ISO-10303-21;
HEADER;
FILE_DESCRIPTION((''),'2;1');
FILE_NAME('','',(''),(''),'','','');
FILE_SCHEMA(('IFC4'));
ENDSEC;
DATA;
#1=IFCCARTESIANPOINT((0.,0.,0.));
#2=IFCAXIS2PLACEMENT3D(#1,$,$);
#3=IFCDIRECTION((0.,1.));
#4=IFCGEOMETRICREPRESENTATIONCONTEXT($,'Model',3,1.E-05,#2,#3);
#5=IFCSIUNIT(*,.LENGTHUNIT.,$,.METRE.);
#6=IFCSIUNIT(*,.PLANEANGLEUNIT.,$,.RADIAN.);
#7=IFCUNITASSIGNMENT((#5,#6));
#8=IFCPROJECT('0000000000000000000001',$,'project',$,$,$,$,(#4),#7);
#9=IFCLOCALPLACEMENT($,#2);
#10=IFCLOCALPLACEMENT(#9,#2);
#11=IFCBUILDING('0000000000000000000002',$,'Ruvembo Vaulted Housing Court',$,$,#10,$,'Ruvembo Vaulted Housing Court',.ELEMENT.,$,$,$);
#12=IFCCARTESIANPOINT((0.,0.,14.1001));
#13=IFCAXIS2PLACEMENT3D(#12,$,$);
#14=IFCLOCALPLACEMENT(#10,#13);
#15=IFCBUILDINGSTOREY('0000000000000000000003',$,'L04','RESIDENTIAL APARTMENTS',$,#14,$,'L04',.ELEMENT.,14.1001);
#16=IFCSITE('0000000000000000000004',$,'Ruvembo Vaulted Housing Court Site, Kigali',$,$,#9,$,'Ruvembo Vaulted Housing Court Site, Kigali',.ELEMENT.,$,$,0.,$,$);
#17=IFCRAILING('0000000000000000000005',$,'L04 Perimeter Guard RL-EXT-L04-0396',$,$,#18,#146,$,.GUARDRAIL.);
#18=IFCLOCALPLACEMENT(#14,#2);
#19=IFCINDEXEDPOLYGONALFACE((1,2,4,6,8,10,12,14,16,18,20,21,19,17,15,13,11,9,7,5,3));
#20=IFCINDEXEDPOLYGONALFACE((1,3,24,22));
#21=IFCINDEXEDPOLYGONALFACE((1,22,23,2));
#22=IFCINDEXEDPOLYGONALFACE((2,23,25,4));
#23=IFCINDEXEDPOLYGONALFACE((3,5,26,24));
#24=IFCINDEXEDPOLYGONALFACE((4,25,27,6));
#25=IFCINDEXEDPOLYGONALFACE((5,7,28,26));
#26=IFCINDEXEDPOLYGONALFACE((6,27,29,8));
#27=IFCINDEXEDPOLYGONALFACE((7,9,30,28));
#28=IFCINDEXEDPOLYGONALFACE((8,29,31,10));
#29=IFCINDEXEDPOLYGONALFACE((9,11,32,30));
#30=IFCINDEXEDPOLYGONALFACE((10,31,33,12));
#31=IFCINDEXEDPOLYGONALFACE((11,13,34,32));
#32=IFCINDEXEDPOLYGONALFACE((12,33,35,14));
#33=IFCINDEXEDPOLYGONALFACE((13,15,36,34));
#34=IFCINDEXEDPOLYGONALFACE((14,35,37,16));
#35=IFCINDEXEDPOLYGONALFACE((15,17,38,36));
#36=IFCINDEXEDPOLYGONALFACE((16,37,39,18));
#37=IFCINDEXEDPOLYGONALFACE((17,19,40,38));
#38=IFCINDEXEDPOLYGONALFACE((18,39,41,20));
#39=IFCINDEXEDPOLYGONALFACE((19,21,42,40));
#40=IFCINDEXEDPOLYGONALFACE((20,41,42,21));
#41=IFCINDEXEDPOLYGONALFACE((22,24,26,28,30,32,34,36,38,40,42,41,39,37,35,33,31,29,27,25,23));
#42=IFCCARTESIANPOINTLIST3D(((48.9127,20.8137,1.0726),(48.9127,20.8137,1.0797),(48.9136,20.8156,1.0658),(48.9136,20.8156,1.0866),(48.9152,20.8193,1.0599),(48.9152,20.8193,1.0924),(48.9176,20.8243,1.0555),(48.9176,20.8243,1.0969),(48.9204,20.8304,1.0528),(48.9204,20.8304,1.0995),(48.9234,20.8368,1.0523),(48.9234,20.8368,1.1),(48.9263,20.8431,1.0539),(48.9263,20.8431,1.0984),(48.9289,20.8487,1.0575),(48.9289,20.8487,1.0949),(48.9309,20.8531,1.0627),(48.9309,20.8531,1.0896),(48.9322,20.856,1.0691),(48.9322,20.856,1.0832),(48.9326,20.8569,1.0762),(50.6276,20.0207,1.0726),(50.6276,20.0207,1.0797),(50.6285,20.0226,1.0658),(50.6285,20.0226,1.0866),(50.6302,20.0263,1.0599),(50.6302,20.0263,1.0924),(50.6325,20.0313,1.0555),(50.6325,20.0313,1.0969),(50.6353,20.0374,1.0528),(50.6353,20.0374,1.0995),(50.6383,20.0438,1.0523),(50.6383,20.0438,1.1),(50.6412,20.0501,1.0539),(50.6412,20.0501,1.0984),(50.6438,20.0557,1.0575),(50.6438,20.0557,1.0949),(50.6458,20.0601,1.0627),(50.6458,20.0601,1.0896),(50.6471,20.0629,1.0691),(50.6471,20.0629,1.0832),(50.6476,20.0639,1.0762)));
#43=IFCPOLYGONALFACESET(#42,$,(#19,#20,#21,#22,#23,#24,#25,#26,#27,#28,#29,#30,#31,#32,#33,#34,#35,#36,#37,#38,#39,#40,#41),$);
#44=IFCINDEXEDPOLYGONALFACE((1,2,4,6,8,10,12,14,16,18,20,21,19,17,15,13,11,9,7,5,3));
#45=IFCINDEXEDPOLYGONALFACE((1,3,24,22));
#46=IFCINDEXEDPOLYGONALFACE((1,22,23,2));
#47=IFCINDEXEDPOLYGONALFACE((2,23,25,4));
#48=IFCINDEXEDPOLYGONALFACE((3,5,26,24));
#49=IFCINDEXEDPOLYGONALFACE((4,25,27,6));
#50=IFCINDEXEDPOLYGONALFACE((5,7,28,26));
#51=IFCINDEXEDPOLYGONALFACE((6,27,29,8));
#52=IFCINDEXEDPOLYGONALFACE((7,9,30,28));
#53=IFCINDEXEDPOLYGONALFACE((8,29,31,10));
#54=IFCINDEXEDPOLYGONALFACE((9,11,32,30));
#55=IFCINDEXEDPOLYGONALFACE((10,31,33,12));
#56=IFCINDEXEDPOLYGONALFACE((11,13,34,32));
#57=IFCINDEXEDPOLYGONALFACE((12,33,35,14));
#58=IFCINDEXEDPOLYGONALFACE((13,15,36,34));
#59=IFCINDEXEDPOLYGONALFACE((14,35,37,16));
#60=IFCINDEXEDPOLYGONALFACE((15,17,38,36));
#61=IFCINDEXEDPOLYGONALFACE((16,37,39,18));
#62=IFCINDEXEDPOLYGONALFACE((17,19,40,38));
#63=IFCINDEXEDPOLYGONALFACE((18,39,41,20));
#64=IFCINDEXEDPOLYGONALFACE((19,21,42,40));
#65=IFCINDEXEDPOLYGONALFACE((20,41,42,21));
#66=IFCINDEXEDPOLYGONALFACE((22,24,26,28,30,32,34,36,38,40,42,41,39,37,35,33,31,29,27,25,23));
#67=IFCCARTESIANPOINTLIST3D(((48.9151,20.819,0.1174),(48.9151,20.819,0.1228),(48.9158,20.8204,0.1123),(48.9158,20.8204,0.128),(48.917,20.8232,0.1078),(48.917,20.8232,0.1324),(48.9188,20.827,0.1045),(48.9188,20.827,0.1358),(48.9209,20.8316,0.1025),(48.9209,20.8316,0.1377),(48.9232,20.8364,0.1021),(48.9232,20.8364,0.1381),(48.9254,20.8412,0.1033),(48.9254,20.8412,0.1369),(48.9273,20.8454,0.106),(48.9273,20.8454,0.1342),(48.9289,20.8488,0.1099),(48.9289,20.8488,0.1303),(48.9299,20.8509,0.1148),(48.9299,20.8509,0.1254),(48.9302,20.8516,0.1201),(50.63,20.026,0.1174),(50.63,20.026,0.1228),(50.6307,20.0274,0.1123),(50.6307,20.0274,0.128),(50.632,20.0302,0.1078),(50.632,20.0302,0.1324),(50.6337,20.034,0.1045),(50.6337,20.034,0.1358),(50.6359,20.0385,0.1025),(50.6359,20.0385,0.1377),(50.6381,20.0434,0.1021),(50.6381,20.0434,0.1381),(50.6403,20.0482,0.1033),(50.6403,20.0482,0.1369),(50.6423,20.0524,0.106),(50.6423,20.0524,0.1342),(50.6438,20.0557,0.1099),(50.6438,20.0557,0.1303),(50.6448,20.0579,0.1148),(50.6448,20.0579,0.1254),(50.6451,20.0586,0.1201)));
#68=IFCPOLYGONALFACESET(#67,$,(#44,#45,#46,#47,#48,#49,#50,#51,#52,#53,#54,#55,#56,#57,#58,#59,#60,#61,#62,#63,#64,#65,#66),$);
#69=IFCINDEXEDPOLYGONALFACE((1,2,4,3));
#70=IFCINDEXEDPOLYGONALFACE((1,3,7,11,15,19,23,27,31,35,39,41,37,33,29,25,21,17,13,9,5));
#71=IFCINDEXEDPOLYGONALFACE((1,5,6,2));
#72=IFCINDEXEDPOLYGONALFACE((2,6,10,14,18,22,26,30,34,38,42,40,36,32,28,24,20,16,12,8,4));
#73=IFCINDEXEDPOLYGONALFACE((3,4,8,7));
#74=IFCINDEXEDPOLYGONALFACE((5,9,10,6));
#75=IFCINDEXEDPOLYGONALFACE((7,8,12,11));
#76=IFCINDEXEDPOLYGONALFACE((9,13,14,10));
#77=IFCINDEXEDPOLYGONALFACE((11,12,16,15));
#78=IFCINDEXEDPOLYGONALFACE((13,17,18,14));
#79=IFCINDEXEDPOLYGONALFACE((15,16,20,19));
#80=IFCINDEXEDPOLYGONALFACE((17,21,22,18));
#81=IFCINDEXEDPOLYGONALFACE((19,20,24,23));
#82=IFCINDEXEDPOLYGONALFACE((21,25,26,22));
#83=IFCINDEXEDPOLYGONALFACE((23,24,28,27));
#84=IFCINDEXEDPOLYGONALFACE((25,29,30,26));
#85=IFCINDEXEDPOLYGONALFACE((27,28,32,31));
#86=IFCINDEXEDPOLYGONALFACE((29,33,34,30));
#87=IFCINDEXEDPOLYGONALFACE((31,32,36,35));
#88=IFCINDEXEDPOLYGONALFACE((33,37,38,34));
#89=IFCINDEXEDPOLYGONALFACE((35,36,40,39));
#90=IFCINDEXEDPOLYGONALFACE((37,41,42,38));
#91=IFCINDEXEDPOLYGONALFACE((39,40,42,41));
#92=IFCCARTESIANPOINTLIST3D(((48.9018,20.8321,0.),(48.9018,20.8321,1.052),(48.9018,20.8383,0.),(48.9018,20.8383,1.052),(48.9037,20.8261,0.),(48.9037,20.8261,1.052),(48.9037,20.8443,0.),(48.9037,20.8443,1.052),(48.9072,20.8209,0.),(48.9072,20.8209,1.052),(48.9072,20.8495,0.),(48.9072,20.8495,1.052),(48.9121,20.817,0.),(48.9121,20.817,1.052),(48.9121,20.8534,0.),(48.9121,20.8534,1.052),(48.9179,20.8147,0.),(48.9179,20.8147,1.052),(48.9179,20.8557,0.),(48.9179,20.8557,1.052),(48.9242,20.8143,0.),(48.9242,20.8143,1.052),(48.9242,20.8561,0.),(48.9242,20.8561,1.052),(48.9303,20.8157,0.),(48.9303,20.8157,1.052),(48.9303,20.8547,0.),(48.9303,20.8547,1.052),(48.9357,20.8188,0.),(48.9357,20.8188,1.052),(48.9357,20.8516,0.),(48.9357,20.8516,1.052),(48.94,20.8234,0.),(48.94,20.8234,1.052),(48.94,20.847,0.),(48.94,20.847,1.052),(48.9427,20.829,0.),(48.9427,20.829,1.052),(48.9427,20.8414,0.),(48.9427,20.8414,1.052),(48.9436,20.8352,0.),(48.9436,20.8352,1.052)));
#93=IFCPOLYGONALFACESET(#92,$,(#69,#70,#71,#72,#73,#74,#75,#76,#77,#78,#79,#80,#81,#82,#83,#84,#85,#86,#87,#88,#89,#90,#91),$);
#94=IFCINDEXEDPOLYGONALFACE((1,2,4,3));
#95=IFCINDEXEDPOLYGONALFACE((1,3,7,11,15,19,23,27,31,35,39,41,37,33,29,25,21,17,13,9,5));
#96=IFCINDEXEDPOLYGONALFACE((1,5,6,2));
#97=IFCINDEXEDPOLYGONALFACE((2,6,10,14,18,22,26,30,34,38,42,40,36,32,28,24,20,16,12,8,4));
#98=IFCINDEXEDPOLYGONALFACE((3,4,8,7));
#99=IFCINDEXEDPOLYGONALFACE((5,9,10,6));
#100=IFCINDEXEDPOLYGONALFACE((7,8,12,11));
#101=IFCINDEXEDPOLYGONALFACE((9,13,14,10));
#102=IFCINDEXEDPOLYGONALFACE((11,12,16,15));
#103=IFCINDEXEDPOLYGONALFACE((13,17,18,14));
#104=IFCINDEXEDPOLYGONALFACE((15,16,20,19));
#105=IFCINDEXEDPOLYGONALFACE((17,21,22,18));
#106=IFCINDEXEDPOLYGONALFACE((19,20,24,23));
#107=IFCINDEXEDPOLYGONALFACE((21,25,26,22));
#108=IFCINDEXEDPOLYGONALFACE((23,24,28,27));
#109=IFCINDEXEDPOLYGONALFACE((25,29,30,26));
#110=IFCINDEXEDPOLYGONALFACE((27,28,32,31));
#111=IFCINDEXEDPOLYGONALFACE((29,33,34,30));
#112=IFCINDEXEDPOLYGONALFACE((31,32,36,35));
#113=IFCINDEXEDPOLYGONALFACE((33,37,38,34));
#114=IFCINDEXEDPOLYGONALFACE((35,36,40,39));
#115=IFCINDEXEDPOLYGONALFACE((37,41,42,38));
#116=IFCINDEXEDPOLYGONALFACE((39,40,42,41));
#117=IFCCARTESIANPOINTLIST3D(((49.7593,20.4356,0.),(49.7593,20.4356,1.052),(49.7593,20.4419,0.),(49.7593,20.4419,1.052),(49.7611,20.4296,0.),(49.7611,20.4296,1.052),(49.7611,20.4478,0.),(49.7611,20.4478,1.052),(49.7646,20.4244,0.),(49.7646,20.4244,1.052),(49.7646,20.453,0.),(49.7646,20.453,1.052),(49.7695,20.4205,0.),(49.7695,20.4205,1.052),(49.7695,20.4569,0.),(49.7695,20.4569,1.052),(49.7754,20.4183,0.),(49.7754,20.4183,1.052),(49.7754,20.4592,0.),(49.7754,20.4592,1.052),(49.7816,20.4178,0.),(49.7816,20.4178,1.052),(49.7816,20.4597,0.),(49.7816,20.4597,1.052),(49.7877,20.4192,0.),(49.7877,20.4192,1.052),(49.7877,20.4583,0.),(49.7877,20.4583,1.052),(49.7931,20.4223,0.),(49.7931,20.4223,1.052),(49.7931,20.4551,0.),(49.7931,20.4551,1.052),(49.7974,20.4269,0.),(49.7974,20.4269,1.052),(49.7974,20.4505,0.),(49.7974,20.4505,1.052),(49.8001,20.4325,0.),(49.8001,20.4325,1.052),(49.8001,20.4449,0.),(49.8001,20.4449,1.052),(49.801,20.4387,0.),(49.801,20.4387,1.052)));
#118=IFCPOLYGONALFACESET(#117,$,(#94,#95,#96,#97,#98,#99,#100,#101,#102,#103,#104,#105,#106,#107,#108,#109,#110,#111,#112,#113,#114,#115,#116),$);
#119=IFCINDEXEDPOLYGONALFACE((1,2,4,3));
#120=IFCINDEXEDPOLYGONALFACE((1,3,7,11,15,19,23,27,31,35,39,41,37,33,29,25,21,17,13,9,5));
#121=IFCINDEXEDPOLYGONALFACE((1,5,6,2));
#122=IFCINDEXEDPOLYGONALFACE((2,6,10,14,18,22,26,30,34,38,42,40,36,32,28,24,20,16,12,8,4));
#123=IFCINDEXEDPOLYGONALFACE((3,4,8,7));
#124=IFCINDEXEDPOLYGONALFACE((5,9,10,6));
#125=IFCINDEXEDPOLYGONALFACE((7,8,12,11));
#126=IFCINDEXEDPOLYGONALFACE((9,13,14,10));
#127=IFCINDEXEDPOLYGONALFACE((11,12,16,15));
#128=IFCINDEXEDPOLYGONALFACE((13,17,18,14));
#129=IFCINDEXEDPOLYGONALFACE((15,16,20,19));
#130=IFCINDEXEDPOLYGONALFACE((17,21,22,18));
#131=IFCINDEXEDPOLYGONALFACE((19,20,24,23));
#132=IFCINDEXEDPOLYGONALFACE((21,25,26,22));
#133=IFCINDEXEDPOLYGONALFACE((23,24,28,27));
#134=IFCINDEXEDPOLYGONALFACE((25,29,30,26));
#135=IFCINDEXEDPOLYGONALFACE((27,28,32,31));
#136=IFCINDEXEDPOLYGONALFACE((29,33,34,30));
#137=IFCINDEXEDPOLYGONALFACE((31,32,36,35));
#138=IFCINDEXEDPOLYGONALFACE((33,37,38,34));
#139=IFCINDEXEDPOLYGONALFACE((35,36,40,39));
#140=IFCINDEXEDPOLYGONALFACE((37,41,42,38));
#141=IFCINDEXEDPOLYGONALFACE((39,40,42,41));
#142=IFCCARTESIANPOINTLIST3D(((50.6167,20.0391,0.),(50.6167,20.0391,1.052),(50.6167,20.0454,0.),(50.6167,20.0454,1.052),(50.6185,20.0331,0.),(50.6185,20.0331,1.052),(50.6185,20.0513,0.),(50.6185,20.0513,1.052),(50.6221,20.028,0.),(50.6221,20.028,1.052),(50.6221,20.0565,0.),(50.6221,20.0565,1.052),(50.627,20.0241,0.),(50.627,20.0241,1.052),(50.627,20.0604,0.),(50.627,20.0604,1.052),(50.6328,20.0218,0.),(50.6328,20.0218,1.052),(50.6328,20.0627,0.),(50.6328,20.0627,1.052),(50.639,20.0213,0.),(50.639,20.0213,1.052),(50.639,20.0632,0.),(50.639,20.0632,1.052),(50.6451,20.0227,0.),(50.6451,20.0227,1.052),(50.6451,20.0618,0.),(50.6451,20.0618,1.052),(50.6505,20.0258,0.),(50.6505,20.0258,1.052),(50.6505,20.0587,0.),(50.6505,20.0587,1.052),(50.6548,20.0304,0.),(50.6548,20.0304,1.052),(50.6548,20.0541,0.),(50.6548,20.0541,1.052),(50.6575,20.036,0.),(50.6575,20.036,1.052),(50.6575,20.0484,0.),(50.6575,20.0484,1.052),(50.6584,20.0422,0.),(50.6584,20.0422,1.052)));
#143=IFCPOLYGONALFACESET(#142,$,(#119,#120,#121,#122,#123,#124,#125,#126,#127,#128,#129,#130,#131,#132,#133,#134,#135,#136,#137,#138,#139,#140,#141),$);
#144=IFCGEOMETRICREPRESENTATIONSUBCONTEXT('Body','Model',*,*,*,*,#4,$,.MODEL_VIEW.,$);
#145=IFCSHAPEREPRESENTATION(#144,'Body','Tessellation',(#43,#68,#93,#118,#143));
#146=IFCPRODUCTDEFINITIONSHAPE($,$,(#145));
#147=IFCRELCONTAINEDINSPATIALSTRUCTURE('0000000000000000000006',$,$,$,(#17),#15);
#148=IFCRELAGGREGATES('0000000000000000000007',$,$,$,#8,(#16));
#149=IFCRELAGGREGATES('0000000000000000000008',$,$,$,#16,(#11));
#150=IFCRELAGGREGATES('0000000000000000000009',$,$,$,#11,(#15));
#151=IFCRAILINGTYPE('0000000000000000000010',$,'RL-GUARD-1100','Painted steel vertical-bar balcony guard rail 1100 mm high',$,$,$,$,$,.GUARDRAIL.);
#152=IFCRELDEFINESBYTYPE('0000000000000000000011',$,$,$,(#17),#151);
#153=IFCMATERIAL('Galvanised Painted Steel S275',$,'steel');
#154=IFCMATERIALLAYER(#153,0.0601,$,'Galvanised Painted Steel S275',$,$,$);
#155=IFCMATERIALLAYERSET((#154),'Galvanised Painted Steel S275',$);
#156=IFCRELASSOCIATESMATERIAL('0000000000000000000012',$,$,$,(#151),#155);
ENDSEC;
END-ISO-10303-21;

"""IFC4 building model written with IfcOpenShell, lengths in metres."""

from ifc_helpers import new_model, si_unit, direction, frame, origin, origin_2d, place, context, subcontext, project, spatial, circle, extrude, material, layer, layer_set, type_object, element, save


model = new_model("IFC4")

# Units and contexts
model_context = context("Model", 3, precision=1e-05, world=origin(), true_north=direction((0.0, 1.0)))
body_context = subcontext(model_context, "Body", "Model", "MODEL_VIEW")
ifc_project = project(units=[si_unit("LENGTHUNIT", "METRE"), si_unit("PLANEANGLEUNIT", "RADIAN")], contexts=[model_context])

# Site, building, storey
site_placement = place(None, origin())
site = spatial("IfcSite", under=ifc_project, at=site_placement, Name="Ruvembo Vaulted Housing Court Site, Kigali", LongName="Ruvembo Vaulted Housing Court Site, Kigali", CompositionType="ELEMENT", RefElevation=0.0)
building_placement = place(site_placement, origin())
building = spatial("IfcBuilding", under=site, at=building_placement, Name="Ruvembo Vaulted Housing Court", LongName="Ruvembo Vaulted Housing Court", CompositionType="ELEMENT")
storey_placement = place(building_placement, frame((0.0, 0.0, 14.1001)))
storey = spatial("IfcBuildingStorey", under=building, at=storey_placement, Name="L04", Description="RESIDENTIAL APARTMENTS", LongName="L04", CompositionType="ELEMENT", Elevation=14.1001)

# Railing
ifc_material_1 = material(Name="Galvanised Painted Steel S275", Category="steel")
ifc_layer_1 = layer(ifc_material_1, 0.0601, Name="Galvanised Painted Steel S275")
ifc_layer_set_1 = layer_set([ifc_layer_1], Name="Galvanised Painted Steel S275")
railing_type_1 = type_object("IfcRailingType", Name="RL-GUARD-1100", Description="Painted steel vertical-bar balcony guard rail 1100 mm high", PredefinedType="GUARDRAIL", material=ifc_layer_set_1)
railing_1_placement = place(storey_placement, frame((48.9226, 20.8352, 0.0)))
element("IfcRailing", 1, at=railing_1_placement, inside=storey, type_object=railing_type_1, Name="L04 Perimeter Guard RL-EXT-L04-0396", PredefinedType="GUARDRAIL", context=body_context, shape_type="SweptSolid", body=[
    extrude(circle(Radius=0.0239, at=origin_2d()), frame((0.0, 0.0, 1.0762), z_axis=(0.907657, -0.419714, 0.0), x_axis=(0.419714, 0.907657, 0.0)), (0.0, 0.0, 1.0), 1.8894),
    extrude(circle(Radius=0.0181, at=origin_2d()), frame((0.0, 0.0, 0.1201), z_axis=(0.907657, -0.419714, 0.0), x_axis=(0.419714, 0.907657, 0.0)), (0.0, 0.0, 1.0), 1.8894),
    extrude(circle(Radius=0.021, at=origin_2d()), origin(), (0.0, 0.0, 1.0), 1.052),
    extrude(circle(Radius=0.021, at=origin_2d()), frame((0.8574, -0.3965, 0.0)), (0.0, 0.0, 1.0), 1.052),
    extrude(circle(Radius=0.021, at=origin_2d()), frame((1.7148, -0.793, 0.0)), (0.0, 0.0, 1.0), 1.052),
])

save(model, "model.ifc")
